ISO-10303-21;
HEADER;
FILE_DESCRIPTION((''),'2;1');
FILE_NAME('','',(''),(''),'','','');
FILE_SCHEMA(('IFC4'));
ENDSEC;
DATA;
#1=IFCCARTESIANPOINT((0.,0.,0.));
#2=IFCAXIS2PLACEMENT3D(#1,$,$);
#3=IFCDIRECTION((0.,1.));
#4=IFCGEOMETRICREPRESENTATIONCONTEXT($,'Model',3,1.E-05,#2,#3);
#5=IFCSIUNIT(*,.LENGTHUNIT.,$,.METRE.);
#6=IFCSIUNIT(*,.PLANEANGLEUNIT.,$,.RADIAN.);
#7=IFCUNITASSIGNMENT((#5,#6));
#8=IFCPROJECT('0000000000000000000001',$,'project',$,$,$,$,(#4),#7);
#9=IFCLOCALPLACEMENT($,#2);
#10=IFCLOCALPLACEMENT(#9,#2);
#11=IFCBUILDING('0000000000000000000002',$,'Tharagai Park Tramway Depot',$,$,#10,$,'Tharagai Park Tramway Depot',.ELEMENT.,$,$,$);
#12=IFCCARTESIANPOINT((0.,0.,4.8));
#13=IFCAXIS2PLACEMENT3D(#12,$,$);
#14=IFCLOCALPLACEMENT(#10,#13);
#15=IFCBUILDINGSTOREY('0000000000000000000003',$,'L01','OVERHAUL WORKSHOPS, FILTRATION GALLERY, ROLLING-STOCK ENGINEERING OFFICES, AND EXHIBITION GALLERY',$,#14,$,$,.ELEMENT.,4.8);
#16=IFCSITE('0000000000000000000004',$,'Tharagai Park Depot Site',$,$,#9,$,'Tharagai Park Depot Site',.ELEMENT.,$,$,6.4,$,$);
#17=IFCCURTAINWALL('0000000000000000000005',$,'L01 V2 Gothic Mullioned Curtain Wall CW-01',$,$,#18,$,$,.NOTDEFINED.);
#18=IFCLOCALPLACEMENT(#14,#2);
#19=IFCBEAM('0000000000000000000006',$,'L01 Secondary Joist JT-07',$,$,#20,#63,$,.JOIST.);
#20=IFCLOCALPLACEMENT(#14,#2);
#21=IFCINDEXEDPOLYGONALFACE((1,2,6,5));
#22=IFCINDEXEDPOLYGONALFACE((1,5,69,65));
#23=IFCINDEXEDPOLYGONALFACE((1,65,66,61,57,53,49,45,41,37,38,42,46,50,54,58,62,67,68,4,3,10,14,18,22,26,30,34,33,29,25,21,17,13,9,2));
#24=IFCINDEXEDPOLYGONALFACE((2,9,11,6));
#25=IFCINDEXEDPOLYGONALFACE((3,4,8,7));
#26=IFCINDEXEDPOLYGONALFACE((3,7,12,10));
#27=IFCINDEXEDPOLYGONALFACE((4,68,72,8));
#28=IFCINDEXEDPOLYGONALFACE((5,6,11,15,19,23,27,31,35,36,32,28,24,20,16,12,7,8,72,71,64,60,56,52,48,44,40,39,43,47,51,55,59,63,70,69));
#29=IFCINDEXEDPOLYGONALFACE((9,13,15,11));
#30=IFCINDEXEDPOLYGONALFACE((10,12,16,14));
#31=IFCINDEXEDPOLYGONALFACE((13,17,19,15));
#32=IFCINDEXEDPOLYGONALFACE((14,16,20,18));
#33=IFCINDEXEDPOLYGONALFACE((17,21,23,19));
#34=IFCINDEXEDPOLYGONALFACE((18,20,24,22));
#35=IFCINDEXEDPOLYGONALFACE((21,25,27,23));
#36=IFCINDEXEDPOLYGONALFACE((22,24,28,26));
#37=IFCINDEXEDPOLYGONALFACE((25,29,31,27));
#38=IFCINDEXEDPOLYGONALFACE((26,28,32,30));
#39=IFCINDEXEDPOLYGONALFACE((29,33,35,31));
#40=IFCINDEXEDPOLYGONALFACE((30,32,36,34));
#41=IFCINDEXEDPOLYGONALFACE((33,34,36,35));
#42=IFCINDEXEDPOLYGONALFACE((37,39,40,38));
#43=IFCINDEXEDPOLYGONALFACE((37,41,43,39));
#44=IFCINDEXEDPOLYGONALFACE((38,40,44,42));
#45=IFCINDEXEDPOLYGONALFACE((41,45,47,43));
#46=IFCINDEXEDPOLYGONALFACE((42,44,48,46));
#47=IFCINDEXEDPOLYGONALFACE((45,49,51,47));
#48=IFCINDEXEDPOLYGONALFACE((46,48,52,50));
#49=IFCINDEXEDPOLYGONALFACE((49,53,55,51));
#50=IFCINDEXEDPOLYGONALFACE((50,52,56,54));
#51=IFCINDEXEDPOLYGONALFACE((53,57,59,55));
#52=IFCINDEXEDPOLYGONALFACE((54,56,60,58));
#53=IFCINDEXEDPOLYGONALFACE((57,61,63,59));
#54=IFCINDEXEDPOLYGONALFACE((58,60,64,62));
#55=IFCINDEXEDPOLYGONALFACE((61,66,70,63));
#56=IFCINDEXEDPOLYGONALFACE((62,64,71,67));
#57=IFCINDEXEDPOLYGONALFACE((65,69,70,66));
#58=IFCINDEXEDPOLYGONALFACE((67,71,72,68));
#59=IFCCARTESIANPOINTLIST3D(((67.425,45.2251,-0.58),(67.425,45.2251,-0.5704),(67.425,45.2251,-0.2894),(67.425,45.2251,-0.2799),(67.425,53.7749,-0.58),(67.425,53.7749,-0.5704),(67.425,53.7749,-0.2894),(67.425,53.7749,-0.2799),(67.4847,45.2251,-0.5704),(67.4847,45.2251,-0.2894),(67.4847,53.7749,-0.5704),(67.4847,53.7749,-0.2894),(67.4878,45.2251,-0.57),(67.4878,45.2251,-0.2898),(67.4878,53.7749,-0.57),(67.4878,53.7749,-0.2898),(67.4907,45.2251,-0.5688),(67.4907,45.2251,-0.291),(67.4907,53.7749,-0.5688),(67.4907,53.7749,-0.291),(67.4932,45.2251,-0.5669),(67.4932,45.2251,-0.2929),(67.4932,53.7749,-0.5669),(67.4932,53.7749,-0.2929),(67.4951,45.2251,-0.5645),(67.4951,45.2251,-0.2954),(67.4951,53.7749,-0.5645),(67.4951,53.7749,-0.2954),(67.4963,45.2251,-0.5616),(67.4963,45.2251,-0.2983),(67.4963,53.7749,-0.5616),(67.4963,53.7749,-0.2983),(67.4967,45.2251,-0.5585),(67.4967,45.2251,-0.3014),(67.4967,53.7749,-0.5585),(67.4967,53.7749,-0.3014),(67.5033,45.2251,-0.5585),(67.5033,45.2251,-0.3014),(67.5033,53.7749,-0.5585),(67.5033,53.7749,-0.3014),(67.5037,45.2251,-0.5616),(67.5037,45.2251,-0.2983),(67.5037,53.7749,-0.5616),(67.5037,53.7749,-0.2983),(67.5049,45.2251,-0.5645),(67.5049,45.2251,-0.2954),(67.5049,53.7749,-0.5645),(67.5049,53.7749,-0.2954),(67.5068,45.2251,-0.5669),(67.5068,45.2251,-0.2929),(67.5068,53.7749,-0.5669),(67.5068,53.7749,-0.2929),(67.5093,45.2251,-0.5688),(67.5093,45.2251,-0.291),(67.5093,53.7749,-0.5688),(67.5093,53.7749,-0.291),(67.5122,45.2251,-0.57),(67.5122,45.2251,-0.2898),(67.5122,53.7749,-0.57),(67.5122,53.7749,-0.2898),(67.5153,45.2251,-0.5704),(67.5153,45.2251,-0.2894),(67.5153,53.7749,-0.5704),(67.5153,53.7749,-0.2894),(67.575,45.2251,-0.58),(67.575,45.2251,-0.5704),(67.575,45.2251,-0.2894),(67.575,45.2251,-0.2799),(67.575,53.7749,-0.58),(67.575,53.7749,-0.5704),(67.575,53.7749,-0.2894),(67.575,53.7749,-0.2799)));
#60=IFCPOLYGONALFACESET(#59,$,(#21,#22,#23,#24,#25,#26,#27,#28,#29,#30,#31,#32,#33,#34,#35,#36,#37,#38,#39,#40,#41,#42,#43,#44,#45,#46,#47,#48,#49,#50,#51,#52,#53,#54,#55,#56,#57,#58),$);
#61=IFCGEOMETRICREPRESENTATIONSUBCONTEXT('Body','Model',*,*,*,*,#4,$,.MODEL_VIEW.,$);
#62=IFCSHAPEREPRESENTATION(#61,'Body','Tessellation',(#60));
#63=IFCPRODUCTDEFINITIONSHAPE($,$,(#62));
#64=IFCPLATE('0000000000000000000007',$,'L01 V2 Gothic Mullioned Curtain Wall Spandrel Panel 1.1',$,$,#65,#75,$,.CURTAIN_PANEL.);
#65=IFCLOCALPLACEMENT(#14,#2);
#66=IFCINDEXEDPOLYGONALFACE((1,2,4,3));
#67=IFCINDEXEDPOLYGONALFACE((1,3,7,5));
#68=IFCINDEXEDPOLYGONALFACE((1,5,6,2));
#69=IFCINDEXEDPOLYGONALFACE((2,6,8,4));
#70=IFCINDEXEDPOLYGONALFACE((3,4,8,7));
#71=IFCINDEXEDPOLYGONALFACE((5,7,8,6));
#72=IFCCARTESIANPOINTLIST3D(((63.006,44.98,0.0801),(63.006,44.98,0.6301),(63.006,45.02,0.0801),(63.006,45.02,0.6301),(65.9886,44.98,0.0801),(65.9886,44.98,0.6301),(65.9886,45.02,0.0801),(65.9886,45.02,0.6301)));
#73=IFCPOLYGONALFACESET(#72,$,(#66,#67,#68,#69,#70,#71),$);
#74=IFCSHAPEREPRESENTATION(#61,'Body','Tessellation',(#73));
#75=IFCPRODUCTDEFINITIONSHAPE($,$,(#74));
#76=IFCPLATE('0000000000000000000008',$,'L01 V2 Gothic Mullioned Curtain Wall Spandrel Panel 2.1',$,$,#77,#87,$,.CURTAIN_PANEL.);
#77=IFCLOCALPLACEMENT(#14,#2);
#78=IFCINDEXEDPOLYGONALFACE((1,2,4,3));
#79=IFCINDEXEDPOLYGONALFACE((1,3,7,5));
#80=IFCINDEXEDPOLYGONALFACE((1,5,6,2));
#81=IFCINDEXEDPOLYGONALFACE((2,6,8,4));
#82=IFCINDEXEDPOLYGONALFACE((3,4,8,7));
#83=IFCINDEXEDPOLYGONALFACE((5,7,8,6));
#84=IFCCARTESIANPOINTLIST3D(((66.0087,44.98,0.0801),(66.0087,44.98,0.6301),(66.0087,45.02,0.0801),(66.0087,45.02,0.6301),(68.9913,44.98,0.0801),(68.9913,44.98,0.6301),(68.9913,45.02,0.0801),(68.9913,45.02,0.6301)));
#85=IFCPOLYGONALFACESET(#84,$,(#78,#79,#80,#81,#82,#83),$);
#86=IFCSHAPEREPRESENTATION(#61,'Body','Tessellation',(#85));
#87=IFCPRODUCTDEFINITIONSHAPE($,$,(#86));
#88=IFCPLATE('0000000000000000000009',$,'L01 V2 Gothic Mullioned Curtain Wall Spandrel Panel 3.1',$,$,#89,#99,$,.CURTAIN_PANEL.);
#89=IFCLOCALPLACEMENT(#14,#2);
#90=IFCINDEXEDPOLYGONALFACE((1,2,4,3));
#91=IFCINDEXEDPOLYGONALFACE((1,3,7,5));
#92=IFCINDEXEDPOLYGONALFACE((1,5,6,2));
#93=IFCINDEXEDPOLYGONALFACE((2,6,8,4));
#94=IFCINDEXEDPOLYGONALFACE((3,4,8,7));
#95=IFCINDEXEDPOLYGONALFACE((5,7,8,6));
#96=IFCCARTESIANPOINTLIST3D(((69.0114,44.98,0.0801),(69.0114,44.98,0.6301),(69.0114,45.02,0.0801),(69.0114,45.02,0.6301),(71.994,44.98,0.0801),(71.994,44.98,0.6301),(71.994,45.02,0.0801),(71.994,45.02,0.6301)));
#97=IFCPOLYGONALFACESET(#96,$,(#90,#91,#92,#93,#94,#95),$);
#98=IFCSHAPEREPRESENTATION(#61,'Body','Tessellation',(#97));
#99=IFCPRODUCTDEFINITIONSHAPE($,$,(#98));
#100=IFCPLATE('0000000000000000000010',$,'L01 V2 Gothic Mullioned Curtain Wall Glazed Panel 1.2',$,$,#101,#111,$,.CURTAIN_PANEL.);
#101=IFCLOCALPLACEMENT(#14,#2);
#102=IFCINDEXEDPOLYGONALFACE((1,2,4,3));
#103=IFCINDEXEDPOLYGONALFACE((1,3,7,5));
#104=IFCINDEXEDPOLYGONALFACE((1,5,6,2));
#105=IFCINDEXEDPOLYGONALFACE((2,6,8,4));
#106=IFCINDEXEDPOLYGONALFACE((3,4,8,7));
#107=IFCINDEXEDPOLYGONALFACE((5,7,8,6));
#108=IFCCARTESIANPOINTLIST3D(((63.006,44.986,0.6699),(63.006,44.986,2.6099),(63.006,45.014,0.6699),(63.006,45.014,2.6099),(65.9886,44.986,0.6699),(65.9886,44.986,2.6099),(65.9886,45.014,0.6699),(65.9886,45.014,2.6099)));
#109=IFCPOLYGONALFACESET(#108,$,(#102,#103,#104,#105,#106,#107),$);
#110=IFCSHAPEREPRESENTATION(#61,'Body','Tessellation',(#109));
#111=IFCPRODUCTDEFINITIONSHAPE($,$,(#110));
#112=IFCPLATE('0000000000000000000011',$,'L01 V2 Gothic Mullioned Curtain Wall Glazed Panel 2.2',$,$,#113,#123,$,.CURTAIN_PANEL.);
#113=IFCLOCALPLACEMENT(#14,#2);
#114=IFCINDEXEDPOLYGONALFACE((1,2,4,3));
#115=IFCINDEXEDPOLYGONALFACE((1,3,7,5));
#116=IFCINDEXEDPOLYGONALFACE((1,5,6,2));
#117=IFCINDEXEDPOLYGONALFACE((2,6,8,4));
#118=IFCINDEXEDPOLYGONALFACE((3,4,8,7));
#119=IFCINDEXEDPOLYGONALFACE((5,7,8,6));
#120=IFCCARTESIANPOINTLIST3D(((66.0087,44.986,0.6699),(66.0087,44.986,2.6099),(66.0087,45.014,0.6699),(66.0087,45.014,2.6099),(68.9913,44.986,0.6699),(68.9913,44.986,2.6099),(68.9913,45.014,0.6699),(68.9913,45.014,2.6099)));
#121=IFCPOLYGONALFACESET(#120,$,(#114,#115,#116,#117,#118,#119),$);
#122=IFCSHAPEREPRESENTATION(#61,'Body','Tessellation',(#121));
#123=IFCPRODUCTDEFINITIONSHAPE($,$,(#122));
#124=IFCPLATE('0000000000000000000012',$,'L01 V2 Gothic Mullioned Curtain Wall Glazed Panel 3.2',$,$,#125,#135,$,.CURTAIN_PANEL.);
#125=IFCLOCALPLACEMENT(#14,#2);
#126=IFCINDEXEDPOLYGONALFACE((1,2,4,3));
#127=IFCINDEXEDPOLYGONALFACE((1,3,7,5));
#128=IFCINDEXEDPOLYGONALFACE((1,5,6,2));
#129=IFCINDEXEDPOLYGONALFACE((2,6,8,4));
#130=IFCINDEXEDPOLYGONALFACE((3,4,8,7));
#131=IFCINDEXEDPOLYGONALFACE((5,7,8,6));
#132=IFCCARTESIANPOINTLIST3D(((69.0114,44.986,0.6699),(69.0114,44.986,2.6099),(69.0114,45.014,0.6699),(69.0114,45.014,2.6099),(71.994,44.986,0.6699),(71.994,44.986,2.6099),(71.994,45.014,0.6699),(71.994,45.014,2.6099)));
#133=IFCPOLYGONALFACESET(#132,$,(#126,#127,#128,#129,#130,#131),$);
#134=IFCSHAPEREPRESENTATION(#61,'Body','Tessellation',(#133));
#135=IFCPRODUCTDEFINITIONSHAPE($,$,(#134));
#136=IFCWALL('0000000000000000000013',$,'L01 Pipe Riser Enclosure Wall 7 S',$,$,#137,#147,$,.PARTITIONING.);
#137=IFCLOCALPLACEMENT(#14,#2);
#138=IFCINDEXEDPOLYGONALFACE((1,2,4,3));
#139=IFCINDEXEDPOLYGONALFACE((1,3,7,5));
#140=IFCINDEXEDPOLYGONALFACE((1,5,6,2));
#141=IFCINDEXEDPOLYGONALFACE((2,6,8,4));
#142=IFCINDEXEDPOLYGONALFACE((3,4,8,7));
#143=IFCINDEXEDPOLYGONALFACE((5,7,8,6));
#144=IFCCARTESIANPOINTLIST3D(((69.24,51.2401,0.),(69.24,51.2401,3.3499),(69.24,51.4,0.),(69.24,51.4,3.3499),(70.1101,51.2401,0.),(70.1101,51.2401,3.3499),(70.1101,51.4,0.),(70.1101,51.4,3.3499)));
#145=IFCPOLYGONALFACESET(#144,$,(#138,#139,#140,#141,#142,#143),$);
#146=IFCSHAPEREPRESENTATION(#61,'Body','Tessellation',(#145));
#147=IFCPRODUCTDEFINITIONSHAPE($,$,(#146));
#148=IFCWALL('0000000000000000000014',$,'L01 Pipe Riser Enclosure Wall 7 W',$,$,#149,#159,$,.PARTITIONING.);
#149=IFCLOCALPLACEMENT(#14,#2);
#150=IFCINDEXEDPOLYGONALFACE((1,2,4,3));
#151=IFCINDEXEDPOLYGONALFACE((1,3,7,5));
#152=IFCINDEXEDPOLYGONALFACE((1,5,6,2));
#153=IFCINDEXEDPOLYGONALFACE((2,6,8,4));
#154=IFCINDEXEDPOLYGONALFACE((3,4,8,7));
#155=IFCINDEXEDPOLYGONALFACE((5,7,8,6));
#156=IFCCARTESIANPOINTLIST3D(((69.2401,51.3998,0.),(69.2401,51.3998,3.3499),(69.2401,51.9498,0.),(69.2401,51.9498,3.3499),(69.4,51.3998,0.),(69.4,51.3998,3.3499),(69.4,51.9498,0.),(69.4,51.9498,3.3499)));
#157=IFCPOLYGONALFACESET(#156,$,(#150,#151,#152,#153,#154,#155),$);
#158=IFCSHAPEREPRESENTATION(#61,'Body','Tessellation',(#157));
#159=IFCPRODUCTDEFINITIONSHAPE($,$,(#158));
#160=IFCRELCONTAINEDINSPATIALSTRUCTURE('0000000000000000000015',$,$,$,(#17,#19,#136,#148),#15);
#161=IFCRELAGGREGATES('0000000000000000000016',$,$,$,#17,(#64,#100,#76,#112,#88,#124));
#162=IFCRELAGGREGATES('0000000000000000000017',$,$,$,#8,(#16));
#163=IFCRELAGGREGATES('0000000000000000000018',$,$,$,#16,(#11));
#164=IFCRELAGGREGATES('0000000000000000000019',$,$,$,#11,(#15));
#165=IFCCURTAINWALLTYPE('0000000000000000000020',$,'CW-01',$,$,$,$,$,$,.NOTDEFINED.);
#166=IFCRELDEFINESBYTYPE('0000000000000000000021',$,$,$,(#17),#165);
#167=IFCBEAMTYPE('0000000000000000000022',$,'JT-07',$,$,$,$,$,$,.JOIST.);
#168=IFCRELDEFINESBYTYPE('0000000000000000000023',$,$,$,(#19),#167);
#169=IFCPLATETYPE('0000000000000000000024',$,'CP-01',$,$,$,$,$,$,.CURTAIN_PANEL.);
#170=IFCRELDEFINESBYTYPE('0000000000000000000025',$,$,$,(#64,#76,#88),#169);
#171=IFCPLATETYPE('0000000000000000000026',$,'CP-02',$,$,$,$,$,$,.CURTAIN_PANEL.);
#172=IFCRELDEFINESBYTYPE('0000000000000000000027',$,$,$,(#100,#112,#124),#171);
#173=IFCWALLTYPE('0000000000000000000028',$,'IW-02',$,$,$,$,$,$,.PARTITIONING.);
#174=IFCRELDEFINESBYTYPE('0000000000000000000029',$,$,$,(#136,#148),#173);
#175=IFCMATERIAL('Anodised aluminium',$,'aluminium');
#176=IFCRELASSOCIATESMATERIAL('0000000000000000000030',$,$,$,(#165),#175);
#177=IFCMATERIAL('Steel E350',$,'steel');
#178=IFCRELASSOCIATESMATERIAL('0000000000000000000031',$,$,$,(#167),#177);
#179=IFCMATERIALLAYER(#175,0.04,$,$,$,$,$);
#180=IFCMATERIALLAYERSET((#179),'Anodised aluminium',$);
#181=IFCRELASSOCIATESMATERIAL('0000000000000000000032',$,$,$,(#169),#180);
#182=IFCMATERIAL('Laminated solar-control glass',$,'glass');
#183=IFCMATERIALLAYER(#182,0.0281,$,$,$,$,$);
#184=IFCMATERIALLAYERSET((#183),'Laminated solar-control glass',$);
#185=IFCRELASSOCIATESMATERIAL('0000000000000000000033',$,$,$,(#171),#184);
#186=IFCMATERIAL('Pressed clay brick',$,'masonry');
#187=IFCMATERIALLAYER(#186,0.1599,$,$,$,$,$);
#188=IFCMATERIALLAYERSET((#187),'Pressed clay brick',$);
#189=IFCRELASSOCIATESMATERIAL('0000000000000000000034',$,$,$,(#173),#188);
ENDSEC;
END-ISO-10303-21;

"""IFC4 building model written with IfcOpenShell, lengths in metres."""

from ifc_helpers import new_model, si_unit, direction, frame, frame_2d, origin, origin_2d, place, context, subcontext, project, spatial, rectangle, i_section, extrude, material, layer, layer_set, material_profile, profile_set, type_object, element, aggregate, save


model = new_model("IFC4")

# Units and contexts
model_context = context("Model", 3, precision=1e-05, world=origin(), true_north=direction((0.0, 1.0)))
body_context = subcontext(model_context, "Body", "Model", "MODEL_VIEW")
ifc_project = project(units=[si_unit("LENGTHUNIT", "METRE"), si_unit("PLANEANGLEUNIT", "RADIAN")], contexts=[model_context])

# Site, building, storey
site_placement = place(None, origin())
site = spatial("IfcSite", under=ifc_project, at=site_placement, Name="Tharagai Park Depot Site", LongName="Tharagai Park Depot Site", CompositionType="ELEMENT", RefElevation=6.4)
building_placement = place(site_placement, origin())
building = spatial("IfcBuilding", under=site, at=building_placement, Name="Tharagai Park Tramway Depot", LongName="Tharagai Park Tramway Depot", CompositionType="ELEMENT")
storey_placement = place(building_placement, frame((0.0, 0.0, 4.8)))
storey = spatial("IfcBuildingStorey", under=building, at=storey_placement, Name="L01", Description="OVERHAUL WORKSHOPS, FILTRATION GALLERY, ROLLING-STOCK ENGINEERING OFFICES, AND EXHIBITION GALLERY", CompositionType="ELEMENT", Elevation=4.8)

# Shared definitions
ifc_material_1 = material(Name="Steel E350", Category="steel")

# Curtain wall
ifc_material_2 = material(Name="Anodised aluminium", Category="aluminium")
curtain_wall_type = type_object("IfcCurtainWallType", Name="CW-01", PredefinedType="NOTDEFINED", material=ifc_material_2)
curtain_wall_placement = place(storey_placement, origin())
curtain_wall = element("IfcCurtainWall", 1, at=curtain_wall_placement, inside=storey, type_object=curtain_wall_type, Name="L01 V2 Gothic Mullioned Curtain Wall CW-01", PredefinedType="NOTDEFINED")

# Beam
ifc_material_profile_1 = material_profile(ifc_material_1, i_section(OverallWidth=0.1499, OverallDepth=0.3, WebThickness=0.0066, FlangeThickness=0.0095, FilletRadius=0.012, at=origin_2d()), Name="ISLB 300")
ifc_profile_set_1 = profile_set([ifc_material_profile_1], Name="Steel E350")
beam_type_1 = type_object("IfcBeamType", Name="JT-07", PredefinedType="JOIST", material=ifc_profile_set_1)
beam_1_placement = place(storey_placement, frame((67.5, 45.2251, -0.4299), z_axis=(0.0, 1.0, 0.0), x_axis=(-1.0, 0.0, 0.0)))
element("IfcBeam", 2, at=beam_1_placement, inside=storey, type_object=beam_type_1, Name="L01 Secondary Joist JT-07", PredefinedType="JOIST", context=body_context, shape_type="SweptSolid", body=[
    extrude(i_section(OverallWidth=0.1499, OverallDepth=0.3, WebThickness=0.0066, FlangeThickness=0.0095, FilletRadius=0.012, at=origin_2d()), origin(), (0.0, 0.0, 1.0), 8.5498),
])

# Plates
ifc_layer_1 = layer(ifc_material_2, 0.04)
ifc_layer_set_1 = layer_set([ifc_layer_1], Name="Anodised aluminium")
plate_type_1 = type_object("IfcPlateType", Name="CP-01", PredefinedType="CURTAIN_PANEL", material=ifc_layer_set_1)
plate_1_placement = place(storey_placement, frame((64.4973, 45.0, 0.0801), z_axis=(0.0, 0.0, 1.0), x_axis=(1.0, 0.0, 0.0)))
plate_1 = element("IfcPlate", 3, at=plate_1_placement, type_object=plate_type_1, Name="L01 V2 Gothic Mullioned Curtain Wall Spandrel Panel 1.1", PredefinedType="CURTAIN_PANEL", context=body_context, shape_type="SweptSolid", body=[
    extrude(rectangle(XDim=2.9827, YDim=0.04, at=origin_2d()), origin(), (0.0, 0.0, 1.0), 0.55),
])
plate_2_placement = place(storey_placement, frame((67.5, 45.0, 0.0801), z_axis=(0.0, 0.0, 1.0), x_axis=(1.0, 0.0, 0.0)))
plate_2 = element("IfcPlate", 4, at=plate_2_placement, type_object=plate_type_1, Name="L01 V2 Gothic Mullioned Curtain Wall Spandrel Panel 2.1", PredefinedType="CURTAIN_PANEL", context=body_context, shape_type="SweptSolid", body=[
    extrude(rectangle(XDim=2.9827, YDim=0.04, at=origin_2d()), origin(), (0.0, 0.0, 1.0), 0.55),
])
plate_3_placement = place(storey_placement, frame((70.5027, 45.0, 0.0801), z_axis=(0.0, 0.0, 1.0), x_axis=(1.0, 0.0, 0.0)))
plate_3 = element("IfcPlate", 5, at=plate_3_placement, type_object=plate_type_1, Name="L01 V2 Gothic Mullioned Curtain Wall Spandrel Panel 3.1", PredefinedType="CURTAIN_PANEL", context=body_context, shape_type="SweptSolid", body=[
    extrude(rectangle(XDim=2.9827, YDim=0.04, at=origin_2d()), origin(), (0.0, 0.0, 1.0), 0.55),
])
ifc_material_3 = material(Name="Laminated solar-control glass", Category="glass")
ifc_layer_2 = layer(ifc_material_3, 0.0281)
ifc_layer_set_2 = layer_set([ifc_layer_2], Name="Laminated solar-control glass")
plate_type_2 = type_object("IfcPlateType", Name="CP-02", PredefinedType="CURTAIN_PANEL", material=ifc_layer_set_2)
plate_4_placement = place(storey_placement, frame((64.4973, 45.0, 0.6699), z_axis=(0.0, 0.0, 1.0), x_axis=(1.0, 0.0, 0.0)))
plate_4 = element("IfcPlate", 6, at=plate_4_placement, type_object=plate_type_2, Name="L01 V2 Gothic Mullioned Curtain Wall Glazed Panel 1.2", PredefinedType="CURTAIN_PANEL", context=body_context, shape_type="SweptSolid", body=[
    extrude(rectangle(XDim=2.9827, YDim=0.0281, at=origin_2d()), origin(), (0.0, 0.0, 1.0), 1.9399),
])
plate_5_placement = place(storey_placement, frame((67.5, 45.0, 0.6699), z_axis=(0.0, 0.0, 1.0), x_axis=(1.0, 0.0, 0.0)))
plate_5 = element("IfcPlate", 7, at=plate_5_placement, type_object=plate_type_2, Name="L01 V2 Gothic Mullioned Curtain Wall Glazed Panel 2.2", PredefinedType="CURTAIN_PANEL", context=body_context, shape_type="SweptSolid", body=[
    extrude(rectangle(XDim=2.9827, YDim=0.0281, at=origin_2d()), origin(), (0.0, 0.0, 1.0), 1.9399),
])
plate_6_placement = place(storey_placement, frame((70.5027, 45.0, 0.6699), z_axis=(0.0, 0.0, 1.0), x_axis=(1.0, 0.0, 0.0)))
plate_6 = element("IfcPlate", 8, at=plate_6_placement, type_object=plate_type_2, Name="L01 V2 Gothic Mullioned Curtain Wall Glazed Panel 3.2", PredefinedType="CURTAIN_PANEL", context=body_context, shape_type="SweptSolid", body=[
    extrude(rectangle(XDim=2.9827, YDim=0.0281, at=origin_2d()), origin(), (0.0, 0.0, 1.0), 1.9399),
])
aggregate(curtain_wall, [plate_1, plate_4, plate_2, plate_5, plate_3, plate_6])

# Walls
ifc_material_4 = material(Name="Pressed clay brick", Category="masonry")
ifc_layer_3 = layer(ifc_material_4, 0.1599)
ifc_layer_set_3 = layer_set([ifc_layer_3], Name="Pressed clay brick")
wall_type = type_object("IfcWallType", Name="IW-02", PredefinedType="PARTITIONING", material=ifc_layer_set_3)
wall_1_placement = place(storey_placement, frame((69.24, 51.3201, 0.0), z_axis=(0.0, 0.0, 1.0), x_axis=(1.0, 0.0, 0.0)))
element("IfcWall", 9, at=wall_1_placement, inside=storey, type_object=wall_type, Name="L01 Pipe Riser Enclosure Wall 7 S", PredefinedType="PARTITIONING", context=body_context, shape_type="SweptSolid", body=[
    extrude(rectangle(XDim=0.8701, YDim=0.1599, at=frame_2d((0.4351, 0.0))), origin(), (0.0, 0.0, 1.0), 3.3499),
])
wall_2_placement = place(storey_placement, frame((69.3201, 51.3999, 0.0), z_axis=(0.0, 0.0, 1.0), x_axis=(0.0, 1.0, 0.0)))
element("IfcWall", 10, at=wall_2_placement, inside=storey, type_object=wall_type, Name="L01 Pipe Riser Enclosure Wall 7 W", PredefinedType="PARTITIONING", context=body_context, shape_type="SweptSolid", body=[
    extrude(rectangle(XDim=0.55, YDim=0.1599, at=frame_2d((0.2749, 0.0))), origin(), (0.0, 0.0, 1.0), 3.3499),
])

save(model, "model.ifc")
